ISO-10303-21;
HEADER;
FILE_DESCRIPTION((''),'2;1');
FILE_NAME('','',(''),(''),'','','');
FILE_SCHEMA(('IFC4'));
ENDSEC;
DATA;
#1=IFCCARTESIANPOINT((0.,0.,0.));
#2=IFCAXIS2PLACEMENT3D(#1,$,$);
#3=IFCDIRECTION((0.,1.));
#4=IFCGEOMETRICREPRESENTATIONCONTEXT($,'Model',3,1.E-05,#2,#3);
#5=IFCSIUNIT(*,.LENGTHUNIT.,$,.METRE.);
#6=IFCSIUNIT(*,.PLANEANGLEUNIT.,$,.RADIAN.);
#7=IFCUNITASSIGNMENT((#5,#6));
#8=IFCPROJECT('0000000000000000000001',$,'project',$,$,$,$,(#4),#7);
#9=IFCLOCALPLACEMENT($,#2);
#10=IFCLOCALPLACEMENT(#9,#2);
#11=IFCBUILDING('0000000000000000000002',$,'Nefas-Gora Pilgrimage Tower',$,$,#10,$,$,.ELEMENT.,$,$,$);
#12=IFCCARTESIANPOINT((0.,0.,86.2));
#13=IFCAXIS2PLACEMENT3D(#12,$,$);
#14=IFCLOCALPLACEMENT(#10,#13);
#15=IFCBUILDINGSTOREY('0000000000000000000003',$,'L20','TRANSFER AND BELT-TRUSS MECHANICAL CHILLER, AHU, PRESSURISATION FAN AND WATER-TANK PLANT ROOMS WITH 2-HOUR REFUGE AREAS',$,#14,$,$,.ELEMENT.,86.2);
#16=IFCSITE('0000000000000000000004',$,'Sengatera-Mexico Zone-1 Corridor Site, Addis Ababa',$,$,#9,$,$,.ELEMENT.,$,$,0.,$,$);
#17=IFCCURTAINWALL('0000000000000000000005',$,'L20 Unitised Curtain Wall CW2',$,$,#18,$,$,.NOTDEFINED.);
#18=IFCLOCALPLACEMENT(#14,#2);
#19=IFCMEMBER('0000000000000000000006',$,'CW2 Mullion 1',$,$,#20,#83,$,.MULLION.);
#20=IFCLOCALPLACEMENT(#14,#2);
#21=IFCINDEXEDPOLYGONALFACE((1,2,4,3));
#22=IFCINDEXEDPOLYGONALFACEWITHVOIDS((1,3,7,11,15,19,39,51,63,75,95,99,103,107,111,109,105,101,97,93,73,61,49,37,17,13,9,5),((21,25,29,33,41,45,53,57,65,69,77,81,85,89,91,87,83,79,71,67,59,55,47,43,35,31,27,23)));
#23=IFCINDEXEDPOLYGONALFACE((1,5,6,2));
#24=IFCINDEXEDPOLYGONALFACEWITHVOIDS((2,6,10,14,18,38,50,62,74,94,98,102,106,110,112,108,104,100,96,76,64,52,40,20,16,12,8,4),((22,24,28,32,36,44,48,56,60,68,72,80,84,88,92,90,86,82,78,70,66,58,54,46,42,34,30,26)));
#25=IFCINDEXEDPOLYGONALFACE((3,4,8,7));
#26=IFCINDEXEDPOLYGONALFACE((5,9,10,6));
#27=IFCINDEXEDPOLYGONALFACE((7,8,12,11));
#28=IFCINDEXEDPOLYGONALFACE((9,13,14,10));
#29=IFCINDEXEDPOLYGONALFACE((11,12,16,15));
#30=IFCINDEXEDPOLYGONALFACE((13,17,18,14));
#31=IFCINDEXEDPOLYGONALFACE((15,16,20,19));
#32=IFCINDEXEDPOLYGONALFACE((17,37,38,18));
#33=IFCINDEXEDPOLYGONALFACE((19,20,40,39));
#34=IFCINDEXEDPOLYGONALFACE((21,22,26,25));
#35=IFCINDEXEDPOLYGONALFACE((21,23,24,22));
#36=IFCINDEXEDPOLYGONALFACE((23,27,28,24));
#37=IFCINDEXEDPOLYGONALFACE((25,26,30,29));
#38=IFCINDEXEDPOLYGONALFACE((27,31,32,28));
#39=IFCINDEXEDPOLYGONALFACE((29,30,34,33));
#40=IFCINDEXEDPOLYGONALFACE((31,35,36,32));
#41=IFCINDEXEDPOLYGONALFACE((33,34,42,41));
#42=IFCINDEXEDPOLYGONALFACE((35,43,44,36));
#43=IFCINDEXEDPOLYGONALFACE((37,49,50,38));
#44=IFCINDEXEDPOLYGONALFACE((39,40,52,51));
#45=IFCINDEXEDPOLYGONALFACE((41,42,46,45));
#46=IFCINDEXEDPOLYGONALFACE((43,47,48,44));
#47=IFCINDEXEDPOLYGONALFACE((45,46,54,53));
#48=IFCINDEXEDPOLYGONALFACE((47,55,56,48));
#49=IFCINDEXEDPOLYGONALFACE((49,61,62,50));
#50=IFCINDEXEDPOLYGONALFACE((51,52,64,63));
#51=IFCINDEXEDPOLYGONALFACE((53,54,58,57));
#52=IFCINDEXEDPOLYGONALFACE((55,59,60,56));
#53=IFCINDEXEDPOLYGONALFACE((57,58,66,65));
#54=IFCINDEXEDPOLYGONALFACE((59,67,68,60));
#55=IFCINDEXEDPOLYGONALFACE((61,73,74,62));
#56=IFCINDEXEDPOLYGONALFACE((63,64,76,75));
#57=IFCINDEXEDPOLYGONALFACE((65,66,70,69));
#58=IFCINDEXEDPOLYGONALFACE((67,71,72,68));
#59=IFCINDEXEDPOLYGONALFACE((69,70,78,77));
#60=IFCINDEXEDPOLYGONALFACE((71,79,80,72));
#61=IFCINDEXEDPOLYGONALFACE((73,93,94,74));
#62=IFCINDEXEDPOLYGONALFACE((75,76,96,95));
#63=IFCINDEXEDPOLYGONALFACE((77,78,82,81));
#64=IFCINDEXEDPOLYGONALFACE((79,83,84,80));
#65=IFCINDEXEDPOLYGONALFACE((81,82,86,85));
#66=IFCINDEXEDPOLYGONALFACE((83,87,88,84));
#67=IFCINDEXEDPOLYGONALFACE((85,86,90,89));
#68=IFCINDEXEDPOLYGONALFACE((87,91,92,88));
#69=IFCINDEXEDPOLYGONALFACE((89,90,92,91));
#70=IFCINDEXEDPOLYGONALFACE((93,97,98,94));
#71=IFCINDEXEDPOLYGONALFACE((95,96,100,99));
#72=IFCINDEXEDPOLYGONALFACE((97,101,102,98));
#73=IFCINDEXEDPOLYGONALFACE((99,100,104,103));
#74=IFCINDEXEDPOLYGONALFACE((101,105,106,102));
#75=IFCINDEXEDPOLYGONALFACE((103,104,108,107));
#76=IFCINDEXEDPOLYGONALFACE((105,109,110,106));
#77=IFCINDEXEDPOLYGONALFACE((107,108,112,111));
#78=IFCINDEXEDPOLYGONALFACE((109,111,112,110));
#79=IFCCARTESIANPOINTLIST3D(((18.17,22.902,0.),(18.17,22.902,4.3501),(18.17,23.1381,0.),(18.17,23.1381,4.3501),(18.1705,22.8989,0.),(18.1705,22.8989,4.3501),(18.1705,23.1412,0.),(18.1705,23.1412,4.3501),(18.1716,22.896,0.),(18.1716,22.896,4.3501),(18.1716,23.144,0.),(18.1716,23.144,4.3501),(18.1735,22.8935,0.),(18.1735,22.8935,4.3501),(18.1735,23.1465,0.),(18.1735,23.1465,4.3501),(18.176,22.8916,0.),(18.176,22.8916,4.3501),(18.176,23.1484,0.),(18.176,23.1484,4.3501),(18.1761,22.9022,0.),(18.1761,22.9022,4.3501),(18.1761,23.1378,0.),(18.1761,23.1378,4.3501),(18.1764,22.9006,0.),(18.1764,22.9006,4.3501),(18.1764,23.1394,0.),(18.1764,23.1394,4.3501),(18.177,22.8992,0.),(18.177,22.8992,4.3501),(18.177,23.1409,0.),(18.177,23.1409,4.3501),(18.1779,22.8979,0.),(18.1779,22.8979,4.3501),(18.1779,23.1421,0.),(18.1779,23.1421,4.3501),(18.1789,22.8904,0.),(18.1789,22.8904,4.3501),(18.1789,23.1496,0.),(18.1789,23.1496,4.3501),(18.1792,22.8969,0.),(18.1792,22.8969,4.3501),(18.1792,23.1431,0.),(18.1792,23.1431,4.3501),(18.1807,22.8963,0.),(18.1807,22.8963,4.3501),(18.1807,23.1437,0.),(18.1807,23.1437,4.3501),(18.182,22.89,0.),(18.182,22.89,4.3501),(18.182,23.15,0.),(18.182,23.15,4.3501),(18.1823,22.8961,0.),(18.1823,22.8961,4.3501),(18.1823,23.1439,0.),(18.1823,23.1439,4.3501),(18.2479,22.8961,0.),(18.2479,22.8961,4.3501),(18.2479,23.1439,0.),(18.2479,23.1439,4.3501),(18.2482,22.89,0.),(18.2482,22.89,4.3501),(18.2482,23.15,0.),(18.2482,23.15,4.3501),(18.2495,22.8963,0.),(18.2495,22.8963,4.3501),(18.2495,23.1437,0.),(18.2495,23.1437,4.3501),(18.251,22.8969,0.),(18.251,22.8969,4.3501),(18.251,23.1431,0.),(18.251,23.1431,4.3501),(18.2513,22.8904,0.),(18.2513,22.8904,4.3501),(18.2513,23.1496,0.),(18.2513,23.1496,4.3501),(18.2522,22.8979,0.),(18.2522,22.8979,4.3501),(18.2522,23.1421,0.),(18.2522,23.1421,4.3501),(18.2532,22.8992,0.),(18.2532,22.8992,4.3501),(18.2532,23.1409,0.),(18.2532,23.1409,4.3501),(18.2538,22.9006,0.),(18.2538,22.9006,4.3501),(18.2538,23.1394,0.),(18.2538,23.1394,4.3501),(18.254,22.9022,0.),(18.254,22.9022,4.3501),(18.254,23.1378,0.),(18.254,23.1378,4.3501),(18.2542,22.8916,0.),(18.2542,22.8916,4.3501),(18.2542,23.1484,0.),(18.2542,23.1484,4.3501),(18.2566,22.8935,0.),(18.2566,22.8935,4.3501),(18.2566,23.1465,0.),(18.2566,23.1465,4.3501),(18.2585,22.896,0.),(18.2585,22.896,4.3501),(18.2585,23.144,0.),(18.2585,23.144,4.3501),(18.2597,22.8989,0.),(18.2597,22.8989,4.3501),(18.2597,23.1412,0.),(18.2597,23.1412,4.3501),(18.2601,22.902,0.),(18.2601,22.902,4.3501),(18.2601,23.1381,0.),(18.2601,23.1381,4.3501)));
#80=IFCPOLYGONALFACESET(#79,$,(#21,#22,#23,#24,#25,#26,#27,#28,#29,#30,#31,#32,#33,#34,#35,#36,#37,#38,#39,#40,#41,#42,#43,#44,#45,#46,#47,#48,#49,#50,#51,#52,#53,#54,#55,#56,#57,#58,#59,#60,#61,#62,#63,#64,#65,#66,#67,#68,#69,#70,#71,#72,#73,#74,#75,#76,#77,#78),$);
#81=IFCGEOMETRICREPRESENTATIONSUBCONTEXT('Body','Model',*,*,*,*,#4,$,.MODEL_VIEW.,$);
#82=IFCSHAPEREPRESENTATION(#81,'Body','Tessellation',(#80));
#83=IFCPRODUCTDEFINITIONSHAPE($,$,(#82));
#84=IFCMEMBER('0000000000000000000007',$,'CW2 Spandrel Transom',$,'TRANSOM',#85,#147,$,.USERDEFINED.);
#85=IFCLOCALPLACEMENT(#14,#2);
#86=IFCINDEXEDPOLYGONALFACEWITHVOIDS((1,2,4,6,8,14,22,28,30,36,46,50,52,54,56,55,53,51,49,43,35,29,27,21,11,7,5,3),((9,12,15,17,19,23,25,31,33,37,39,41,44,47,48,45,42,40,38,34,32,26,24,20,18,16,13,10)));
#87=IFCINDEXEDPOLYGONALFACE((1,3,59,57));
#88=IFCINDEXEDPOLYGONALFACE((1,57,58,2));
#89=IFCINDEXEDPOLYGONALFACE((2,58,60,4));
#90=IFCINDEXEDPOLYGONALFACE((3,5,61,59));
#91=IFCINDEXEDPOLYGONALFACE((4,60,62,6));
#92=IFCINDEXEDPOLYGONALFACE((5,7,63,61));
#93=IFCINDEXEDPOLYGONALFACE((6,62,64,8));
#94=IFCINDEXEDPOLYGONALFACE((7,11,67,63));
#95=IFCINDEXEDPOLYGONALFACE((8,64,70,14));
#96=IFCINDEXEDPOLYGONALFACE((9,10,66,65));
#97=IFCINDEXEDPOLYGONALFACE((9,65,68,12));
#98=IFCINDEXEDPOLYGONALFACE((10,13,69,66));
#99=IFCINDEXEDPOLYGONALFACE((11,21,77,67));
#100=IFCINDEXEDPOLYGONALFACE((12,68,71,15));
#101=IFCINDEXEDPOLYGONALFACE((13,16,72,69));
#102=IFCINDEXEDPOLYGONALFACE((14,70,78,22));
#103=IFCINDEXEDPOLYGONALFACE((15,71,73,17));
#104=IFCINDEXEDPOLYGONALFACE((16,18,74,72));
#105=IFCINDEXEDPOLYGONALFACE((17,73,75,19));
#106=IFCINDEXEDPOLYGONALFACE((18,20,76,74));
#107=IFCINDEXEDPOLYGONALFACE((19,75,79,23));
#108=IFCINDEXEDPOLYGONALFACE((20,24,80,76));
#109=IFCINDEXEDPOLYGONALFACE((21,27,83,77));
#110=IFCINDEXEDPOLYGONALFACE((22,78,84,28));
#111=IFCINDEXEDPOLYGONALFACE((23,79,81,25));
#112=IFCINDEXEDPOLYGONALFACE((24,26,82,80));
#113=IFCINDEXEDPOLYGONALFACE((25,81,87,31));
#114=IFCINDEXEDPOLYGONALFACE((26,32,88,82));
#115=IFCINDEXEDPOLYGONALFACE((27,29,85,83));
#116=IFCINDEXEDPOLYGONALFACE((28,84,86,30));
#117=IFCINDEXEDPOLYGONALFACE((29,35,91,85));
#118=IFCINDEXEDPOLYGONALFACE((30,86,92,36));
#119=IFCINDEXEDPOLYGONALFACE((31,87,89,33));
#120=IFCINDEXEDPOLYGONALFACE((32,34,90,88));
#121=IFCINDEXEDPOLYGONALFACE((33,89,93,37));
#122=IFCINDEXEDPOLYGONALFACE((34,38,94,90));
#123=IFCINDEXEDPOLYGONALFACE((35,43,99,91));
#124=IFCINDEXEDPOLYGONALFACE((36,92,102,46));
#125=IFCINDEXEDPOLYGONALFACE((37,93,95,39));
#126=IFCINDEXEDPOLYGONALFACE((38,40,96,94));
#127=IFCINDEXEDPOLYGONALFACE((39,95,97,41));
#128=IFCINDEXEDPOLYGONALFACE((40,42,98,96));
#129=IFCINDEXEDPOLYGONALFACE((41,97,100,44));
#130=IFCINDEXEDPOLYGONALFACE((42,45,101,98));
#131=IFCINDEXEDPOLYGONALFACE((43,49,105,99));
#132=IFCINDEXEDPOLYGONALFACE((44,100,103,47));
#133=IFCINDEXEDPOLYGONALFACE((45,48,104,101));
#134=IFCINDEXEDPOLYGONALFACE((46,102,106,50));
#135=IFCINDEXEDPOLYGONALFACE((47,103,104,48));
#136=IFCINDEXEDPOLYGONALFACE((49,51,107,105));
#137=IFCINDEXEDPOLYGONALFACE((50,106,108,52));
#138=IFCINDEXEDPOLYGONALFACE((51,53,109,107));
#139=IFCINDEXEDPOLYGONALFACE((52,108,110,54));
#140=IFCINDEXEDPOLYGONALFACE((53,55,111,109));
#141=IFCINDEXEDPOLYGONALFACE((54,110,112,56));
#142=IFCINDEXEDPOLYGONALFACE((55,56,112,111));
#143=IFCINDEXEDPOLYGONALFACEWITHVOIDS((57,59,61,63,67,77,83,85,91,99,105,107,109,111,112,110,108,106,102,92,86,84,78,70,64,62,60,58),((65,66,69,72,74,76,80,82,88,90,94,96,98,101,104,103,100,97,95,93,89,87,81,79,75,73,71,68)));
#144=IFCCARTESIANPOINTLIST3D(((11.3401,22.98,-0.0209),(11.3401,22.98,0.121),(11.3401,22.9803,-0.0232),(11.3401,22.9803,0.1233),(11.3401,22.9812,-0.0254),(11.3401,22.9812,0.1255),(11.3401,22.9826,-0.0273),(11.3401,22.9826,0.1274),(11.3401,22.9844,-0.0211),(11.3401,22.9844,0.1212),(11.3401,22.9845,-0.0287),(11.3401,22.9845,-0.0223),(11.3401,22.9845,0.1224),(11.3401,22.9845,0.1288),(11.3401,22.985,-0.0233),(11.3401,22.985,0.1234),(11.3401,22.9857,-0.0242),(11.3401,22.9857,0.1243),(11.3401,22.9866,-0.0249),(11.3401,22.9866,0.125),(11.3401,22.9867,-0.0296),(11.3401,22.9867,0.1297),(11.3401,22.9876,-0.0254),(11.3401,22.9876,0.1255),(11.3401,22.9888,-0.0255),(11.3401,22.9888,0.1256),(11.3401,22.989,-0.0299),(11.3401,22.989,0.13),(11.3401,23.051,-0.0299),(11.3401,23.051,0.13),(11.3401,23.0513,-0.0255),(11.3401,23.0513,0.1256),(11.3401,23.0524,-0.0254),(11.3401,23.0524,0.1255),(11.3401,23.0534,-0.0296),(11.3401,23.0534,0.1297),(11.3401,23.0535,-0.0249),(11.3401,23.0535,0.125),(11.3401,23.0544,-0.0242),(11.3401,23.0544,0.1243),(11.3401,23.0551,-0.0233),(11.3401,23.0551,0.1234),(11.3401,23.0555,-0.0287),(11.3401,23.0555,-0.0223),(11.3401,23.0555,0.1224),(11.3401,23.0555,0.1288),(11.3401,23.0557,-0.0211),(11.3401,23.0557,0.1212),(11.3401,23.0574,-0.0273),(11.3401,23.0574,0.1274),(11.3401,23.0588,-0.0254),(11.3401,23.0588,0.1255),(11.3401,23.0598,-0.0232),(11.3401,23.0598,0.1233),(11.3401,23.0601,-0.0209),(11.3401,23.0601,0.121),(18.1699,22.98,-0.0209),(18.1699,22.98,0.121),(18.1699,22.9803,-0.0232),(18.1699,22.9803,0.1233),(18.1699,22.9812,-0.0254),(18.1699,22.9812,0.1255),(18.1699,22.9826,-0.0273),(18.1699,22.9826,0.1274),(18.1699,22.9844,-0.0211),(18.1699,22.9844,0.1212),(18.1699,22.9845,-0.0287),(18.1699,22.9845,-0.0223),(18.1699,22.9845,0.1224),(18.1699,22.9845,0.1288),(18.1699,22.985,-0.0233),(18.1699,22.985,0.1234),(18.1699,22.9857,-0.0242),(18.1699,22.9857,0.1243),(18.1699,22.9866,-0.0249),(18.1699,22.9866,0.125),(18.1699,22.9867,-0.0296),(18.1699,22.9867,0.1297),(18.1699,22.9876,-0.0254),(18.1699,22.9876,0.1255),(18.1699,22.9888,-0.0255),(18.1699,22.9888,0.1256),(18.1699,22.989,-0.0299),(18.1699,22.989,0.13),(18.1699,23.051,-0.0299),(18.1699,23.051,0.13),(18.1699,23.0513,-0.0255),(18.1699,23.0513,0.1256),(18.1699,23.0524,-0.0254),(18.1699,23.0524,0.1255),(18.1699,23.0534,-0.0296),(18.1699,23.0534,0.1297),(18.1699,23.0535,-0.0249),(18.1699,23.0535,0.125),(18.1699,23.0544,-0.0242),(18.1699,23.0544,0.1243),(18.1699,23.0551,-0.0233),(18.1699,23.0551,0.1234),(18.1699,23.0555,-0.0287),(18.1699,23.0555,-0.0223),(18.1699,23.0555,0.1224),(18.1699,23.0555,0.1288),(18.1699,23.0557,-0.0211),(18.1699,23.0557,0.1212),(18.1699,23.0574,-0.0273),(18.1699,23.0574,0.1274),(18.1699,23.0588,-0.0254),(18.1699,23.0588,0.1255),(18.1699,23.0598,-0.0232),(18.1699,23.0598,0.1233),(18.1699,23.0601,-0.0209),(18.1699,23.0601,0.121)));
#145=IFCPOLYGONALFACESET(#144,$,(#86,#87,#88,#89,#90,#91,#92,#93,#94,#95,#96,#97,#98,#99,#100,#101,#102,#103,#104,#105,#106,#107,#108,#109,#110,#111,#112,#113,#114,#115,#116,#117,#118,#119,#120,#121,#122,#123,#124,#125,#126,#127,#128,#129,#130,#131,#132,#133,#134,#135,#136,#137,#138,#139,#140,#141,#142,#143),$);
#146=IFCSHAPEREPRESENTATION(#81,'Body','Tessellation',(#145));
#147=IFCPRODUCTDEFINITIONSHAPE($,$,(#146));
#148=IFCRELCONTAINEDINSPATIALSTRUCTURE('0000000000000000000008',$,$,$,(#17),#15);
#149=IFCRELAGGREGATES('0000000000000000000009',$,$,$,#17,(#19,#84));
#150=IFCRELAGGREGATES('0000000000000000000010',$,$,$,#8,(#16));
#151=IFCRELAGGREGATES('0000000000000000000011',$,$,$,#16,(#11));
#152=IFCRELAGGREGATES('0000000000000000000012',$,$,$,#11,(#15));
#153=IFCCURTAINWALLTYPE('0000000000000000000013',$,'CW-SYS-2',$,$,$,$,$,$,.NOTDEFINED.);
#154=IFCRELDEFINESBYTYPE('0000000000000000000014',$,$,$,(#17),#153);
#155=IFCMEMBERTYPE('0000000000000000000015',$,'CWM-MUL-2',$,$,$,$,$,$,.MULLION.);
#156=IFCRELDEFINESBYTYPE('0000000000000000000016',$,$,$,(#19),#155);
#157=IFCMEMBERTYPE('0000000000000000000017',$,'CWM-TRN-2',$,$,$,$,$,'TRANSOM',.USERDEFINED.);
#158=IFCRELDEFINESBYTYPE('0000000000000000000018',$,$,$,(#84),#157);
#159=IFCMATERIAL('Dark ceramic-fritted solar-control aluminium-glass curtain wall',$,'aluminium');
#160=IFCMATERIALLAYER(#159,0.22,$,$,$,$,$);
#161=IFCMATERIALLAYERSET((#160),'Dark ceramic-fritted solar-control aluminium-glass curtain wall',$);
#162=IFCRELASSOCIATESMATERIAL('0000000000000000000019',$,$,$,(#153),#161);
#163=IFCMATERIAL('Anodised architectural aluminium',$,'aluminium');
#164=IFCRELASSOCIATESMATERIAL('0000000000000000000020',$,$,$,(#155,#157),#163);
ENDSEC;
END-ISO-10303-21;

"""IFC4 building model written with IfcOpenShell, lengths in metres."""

from ifc_helpers import new_model, si_unit, direction, frame, origin, origin_2d, place, context, subcontext, project, spatial, hollow_rectangle, extrude, source, transform, mapped, material, layer, layer_set, material_profile, profile_set, type_object, element, aggregate, save


model = new_model("IFC4")

# Units and contexts
model_context = context("Model", 3, precision=1e-05, world=origin(), true_north=direction((0.0, 1.0)))
body_context = subcontext(model_context, "Body", "Model", "MODEL_VIEW")
ifc_project = project(units=[si_unit("LENGTHUNIT", "METRE"), si_unit("PLANEANGLEUNIT", "RADIAN")], contexts=[model_context])

# Site, building, storey
site_placement = place(None, origin())
site = spatial("IfcSite", under=ifc_project, at=site_placement, Name="Sengatera-Mexico Zone-1 Corridor Site, Addis Ababa", CompositionType="ELEMENT", RefElevation=0.0)
building_placement = place(site_placement, origin())
building = spatial("IfcBuilding", under=site, at=building_placement, Name="Nefas-Gora Pilgrimage Tower", CompositionType="ELEMENT")
storey_placement = place(building_placement, frame((0.0, 0.0, 86.2)))
storey = spatial("IfcBuildingStorey", under=building, at=storey_placement, Name="L20", Description="TRANSFER AND BELT-TRUSS MECHANICAL CHILLER, AHU, PRESSURISATION FAN AND WATER-TANK PLANT ROOMS WITH 2-HOUR REFUGE AREAS", CompositionType="ELEMENT", Elevation=86.2)

# Curtain wall, members
ifc_material_1 = material(Name="Dark ceramic-fritted solar-control aluminium-glass curtain wall", Category="aluminium")
ifc_layer_1 = layer(ifc_material_1, 0.22)
ifc_layer_set_1 = layer_set([ifc_layer_1], Name="Dark ceramic-fritted solar-control aluminium-glass curtain wall")
curtain_wall_type = type_object("IfcCurtainWallType", Name="CW-SYS-2", PredefinedType="NOTDEFINED", material=ifc_layer_set_1)
ifc_material_2 = material(Name="Anodised architectural aluminium", Category="aluminium")
ifc_material_profile_1 = material_profile(ifc_material_2, hollow_rectangle(XDim=0.0901, YDim=0.26, WallThickness=0.0061, InnerFilletRadius=0.0061, OuterFilletRadius=0.012, at=origin_2d()), Name="ALU MULLION 90x260")
ifc_profile_set_1 = profile_set([ifc_material_profile_1], Name="Anodised architectural aluminium")
member_type_1 = type_object("IfcMemberType", Name="CWM-MUL-2", PredefinedType="MULLION", material=ifc_profile_set_1)
shared_shape_1 = source(origin(), body_context, "Body", "SweptSolid", [
    extrude(hollow_rectangle(XDim=0.0901, YDim=0.26, WallThickness=0.0061, InnerFilletRadius=0.0061, OuterFilletRadius=0.012, at=origin_2d()), origin(), (0.0, 0.0, 1.0), 4.3501),
])
curtain_wall_1_placement = place(storey_placement, origin())
curtain_wall_1 = element("IfcCurtainWall", 1, at=curtain_wall_1_placement, inside=storey, type_object=curtain_wall_type, Name="L20 Unitised Curtain Wall CW2", PredefinedType="NOTDEFINED")
member_1_placement = place(storey_placement, frame((18.2151, 23.02, 0.0), z_axis=(0.0, 0.0, 1.0), x_axis=(-1.0, 0.0, 0.0)))
member_1 = element("IfcMember", 2, at=member_1_placement, type_object=member_type_1, Name="CW2 Mullion 1", PredefinedType="MULLION", context=body_context, shape_type="MappedRepresentation", body=[
    mapped(shared_shape_1, transform((0.0, 0.0, 0.0), x_axis=(1.0, 0.0, 0.0), y_axis=(0.0, 1.0, 0.0), z_axis=(0.0, 0.0, 1.0), scale=1.0)),
])
ifc_material_profile_2 = material_profile(ifc_material_2, hollow_rectangle(XDim=0.0801, YDim=0.1599, WallThickness=0.0044, InnerFilletRadius=0.0044, OuterFilletRadius=0.009, at=origin_2d()), Name="ALU TRANSOM 80x160")
ifc_profile_set_2 = profile_set([ifc_material_profile_2], Name="Anodised architectural aluminium")
member_type_2 = type_object("IfcMemberType", Name="CWM-TRN-2", ElementType="TRANSOM", PredefinedType="USERDEFINED", material=ifc_profile_set_2)
shared_shape_2 = source(origin(), body_context, "Body", "SweptSolid", [
    extrude(hollow_rectangle(XDim=0.0801, YDim=0.1599, WallThickness=0.0044, InnerFilletRadius=0.0044, OuterFilletRadius=0.009, at=origin_2d()), origin(), (0.0, 0.0, 1.0), 6.8298),
])
member_2_placement = place(storey_placement, frame((18.1699, 23.02, 0.05), z_axis=(-1.0, 0.0, 0.0), x_axis=(0.0, -1.0, 0.0)))
member_2 = element("IfcMember", 3, at=member_2_placement, type_object=member_type_2, Name="CW2 Spandrel Transom", ObjectType="TRANSOM", PredefinedType="USERDEFINED", context=body_context, shape_type="MappedRepresentation", body=[
    mapped(shared_shape_2, transform((0.0, 0.0, 0.0), x_axis=(1.0, 0.0, 0.0), y_axis=(0.0, 1.0, 0.0), z_axis=(0.0, 0.0, 1.0), scale=1.0)),
])
aggregate(curtain_wall_1, [member_1, member_2])

save(model, "model.ifc")
